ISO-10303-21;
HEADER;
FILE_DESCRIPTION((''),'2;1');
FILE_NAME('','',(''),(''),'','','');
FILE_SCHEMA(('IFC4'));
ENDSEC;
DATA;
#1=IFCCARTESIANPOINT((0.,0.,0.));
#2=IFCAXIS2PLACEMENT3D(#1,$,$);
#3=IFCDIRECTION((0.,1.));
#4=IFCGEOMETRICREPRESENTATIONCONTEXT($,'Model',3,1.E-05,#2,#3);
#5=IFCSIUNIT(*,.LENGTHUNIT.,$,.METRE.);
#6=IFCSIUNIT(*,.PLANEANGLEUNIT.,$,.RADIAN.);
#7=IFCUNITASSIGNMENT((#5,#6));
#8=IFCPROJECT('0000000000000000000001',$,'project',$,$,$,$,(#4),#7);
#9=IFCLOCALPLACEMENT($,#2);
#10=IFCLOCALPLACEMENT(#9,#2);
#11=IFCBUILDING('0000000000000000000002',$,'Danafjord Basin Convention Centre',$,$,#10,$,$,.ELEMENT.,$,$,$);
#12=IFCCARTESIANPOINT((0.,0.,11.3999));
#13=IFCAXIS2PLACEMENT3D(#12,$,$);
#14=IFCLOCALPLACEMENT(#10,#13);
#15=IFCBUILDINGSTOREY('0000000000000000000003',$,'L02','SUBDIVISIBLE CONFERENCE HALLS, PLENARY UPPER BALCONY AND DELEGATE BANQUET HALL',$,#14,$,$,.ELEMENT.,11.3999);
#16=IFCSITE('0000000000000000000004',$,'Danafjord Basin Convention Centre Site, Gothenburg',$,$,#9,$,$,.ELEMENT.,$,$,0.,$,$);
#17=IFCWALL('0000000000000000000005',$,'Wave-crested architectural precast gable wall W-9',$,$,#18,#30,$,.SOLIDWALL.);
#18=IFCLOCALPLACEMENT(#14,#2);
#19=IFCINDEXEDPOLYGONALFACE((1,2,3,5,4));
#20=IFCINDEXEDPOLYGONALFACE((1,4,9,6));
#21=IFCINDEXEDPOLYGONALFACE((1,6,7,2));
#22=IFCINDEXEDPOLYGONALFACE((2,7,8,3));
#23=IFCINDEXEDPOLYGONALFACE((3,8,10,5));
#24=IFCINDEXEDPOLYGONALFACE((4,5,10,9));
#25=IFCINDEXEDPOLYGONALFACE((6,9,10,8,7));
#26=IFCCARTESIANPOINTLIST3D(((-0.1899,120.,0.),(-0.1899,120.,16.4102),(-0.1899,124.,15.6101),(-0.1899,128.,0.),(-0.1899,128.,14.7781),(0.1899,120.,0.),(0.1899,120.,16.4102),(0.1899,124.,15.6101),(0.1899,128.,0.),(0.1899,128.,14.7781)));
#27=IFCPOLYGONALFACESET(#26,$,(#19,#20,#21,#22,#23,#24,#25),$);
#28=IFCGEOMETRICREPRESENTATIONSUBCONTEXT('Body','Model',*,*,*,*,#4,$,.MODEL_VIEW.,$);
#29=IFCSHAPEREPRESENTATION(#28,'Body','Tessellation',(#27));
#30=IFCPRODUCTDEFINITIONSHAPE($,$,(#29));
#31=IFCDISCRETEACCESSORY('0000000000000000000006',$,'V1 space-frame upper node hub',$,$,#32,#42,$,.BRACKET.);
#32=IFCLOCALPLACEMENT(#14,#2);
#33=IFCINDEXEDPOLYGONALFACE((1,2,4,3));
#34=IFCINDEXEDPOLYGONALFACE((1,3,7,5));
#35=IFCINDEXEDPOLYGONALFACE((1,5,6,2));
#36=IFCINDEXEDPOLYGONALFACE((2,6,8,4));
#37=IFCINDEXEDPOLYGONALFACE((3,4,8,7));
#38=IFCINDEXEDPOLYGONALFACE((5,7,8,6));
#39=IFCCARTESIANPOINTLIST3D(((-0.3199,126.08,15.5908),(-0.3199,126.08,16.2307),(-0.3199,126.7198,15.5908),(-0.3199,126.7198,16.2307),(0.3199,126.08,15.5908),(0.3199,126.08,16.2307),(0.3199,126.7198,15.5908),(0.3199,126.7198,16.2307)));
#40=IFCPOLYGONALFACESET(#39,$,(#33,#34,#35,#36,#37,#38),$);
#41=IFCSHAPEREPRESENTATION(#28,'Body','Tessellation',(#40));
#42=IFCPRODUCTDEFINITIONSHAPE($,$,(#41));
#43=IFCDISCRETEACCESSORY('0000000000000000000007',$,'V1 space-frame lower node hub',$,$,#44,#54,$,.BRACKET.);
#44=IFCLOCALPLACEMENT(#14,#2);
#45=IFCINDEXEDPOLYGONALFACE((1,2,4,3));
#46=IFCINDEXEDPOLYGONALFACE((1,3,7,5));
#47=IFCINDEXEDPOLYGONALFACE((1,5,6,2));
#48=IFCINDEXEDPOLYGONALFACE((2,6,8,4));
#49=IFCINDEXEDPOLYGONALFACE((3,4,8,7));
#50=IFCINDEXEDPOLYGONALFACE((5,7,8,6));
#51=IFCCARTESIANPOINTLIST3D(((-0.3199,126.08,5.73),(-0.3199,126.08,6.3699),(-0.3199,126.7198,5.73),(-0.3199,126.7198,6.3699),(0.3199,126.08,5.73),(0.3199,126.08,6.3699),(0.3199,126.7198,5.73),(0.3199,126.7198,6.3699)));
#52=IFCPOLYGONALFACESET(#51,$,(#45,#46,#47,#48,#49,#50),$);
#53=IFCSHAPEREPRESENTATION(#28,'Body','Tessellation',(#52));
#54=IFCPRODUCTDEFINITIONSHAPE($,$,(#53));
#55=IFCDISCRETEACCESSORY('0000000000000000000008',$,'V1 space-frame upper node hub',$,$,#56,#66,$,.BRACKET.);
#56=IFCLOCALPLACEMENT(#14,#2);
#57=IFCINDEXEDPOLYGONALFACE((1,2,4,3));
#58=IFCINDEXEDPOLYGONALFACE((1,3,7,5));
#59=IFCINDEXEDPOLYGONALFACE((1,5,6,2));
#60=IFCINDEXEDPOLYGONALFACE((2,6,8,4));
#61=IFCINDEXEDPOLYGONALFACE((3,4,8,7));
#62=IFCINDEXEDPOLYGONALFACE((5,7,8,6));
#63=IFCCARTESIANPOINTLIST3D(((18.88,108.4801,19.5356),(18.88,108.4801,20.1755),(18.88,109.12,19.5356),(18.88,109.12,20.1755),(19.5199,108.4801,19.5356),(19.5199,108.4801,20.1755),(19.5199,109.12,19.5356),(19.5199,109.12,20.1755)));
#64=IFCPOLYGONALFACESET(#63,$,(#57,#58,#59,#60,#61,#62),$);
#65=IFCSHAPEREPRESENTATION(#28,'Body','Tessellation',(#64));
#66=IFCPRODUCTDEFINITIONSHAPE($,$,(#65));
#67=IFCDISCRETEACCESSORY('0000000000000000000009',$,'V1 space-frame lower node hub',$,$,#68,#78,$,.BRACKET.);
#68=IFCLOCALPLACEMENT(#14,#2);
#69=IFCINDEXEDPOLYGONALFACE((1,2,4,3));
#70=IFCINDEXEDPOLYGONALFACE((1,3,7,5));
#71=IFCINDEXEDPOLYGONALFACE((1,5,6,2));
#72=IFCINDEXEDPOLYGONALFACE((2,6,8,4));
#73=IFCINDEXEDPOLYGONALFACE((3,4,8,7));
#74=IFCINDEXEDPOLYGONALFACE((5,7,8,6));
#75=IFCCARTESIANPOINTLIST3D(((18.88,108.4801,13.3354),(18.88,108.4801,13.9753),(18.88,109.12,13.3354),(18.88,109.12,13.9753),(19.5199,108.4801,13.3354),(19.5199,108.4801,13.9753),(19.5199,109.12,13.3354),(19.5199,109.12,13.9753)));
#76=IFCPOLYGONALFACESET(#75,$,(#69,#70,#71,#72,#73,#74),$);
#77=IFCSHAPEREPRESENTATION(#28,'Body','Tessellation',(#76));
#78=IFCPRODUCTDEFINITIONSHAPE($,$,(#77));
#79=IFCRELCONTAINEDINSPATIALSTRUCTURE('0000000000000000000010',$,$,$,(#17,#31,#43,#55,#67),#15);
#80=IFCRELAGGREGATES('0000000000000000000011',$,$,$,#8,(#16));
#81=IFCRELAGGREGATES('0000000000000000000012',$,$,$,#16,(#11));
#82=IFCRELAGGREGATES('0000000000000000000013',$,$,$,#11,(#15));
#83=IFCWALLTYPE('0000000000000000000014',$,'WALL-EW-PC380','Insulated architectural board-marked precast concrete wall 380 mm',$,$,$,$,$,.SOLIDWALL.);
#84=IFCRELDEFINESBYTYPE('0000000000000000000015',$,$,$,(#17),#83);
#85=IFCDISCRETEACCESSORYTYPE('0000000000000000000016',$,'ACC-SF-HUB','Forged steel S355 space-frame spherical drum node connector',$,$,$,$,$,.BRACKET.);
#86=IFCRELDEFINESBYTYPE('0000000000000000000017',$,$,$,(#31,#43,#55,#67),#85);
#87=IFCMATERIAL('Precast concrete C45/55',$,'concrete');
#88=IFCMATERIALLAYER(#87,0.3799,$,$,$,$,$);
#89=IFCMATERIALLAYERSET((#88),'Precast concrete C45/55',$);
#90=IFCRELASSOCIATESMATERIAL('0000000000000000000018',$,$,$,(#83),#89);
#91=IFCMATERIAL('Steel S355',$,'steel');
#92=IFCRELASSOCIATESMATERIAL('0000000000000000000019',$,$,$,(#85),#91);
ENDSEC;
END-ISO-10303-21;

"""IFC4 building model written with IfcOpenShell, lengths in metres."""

from ifc_helpers import new_model, si_unit, direction, frame, origin, origin_2d, place, context, subcontext, project, spatial, polyline, rectangle, outline, extrude, material, layer, layer_set, type_object, element, save


model = new_model("IFC4")

# Units and contexts
model_context = context("Model", 3, precision=1e-05, world=origin(), true_north=direction((0.0, 1.0)))
body_context = subcontext(model_context, "Body", "Model", "MODEL_VIEW")
ifc_project = project(units=[si_unit("LENGTHUNIT", "METRE"), si_unit("PLANEANGLEUNIT", "RADIAN")], contexts=[model_context])

# Site, building, storey
site_placement = place(None, origin())
site = spatial("IfcSite", under=ifc_project, at=site_placement, Name="Danafjord Basin Convention Centre Site, Gothenburg", CompositionType="ELEMENT", RefElevation=0.0)
building_placement = place(site_placement, origin())
building = spatial("IfcBuilding", under=site, at=building_placement, Name="Danafjord Basin Convention Centre", CompositionType="ELEMENT")
storey_placement = place(building_placement, frame((0.0, 0.0, 11.3999)))
storey = spatial("IfcBuildingStorey", under=building, at=storey_placement, Name="L02", Description="SUBDIVISIBLE CONFERENCE HALLS, PLENARY UPPER BALCONY AND DELEGATE BANQUET HALL", CompositionType="ELEMENT", Elevation=11.3999)

# Shared definitions
ifc_material_1 = material(Name="Steel S355", Category="steel")

# Wall
ifc_material_2 = material(Name="Precast concrete C45/55", Category="concrete")
ifc_layer_1 = layer(ifc_material_2, 0.3799)
ifc_layer_set_1 = layer_set([ifc_layer_1], Name="Precast concrete C45/55")
wall_type = type_object("IfcWallType", Name="WALL-EW-PC380", Description="Insulated architectural board-marked precast concrete wall 380 mm", PredefinedType="SOLIDWALL", material=ifc_layer_set_1)
wall_1_placement = place(storey_placement, frame((0.0, 120.0, 0.0), z_axis=(0.0, 0.0, 1.0), x_axis=(0.0, 1.0, 0.0)))
element("IfcWall", 1, at=wall_1_placement, inside=storey, type_object=wall_type, Name="Wave-crested architectural precast gable wall W-9", PredefinedType="SOLIDWALL", context=body_context, shape_type="SweptSolid", body=[
    extrude(outline(polyline([(0.0, 0.0), (8.0, 0.0), (8.0, 14.7781), (4.0, 15.6101), (0.0, 16.4102), (0.0, 0.0)])), frame((0.0, 0.1899, 0.0), z_axis=(0.0, -1.0, 0.0), x_axis=(1.0, 0.0, 0.0)), (0.0, 0.0, 1.0), 0.3799),
])

# Discrete accessories
discrete_accessory_type = type_object("IfcDiscreteAccessoryType", Name="ACC-SF-HUB", Description="Forged steel S355 space-frame spherical drum node connector", PredefinedType="BRACKET", material=ifc_material_1)
for number, where, z_axis, x_axis, name in (
    (2, (0.0, 126.3999, 15.5908), (0.0, 0.0, 1.0), (1.0, 0.0, 0.0), "V1 space-frame upper node hub"),
    (3, (0.0, 126.3999, 5.73), (0.0, 0.0, 1.0), (1.0, 0.0, 0.0), "V1 space-frame lower node hub"),
    (4, (19.2, 108.8, 19.5356), (0.0, 0.0, 1.0), (1.0, 0.0, 0.0), "V1 space-frame upper node hub"),
    (5, (19.2, 108.8, 13.3354), (0.0, 0.0, 1.0), (1.0, 0.0, 0.0), "V1 space-frame lower node hub"),
):
    element("IfcDiscreteAccessory", number, at=place(storey_placement, frame(where, z_axis=z_axis, x_axis=x_axis)), inside=storey, type_object=discrete_accessory_type, Name=name, PredefinedType="BRACKET", context=body_context, shape_type="SweptSolid", body=[
        extrude(rectangle(XDim=0.6399, YDim=0.6399, at=origin_2d()), origin(), (0.0, 0.0, 1.0), 0.6399),
    ])

save(model, "model.ifc")
